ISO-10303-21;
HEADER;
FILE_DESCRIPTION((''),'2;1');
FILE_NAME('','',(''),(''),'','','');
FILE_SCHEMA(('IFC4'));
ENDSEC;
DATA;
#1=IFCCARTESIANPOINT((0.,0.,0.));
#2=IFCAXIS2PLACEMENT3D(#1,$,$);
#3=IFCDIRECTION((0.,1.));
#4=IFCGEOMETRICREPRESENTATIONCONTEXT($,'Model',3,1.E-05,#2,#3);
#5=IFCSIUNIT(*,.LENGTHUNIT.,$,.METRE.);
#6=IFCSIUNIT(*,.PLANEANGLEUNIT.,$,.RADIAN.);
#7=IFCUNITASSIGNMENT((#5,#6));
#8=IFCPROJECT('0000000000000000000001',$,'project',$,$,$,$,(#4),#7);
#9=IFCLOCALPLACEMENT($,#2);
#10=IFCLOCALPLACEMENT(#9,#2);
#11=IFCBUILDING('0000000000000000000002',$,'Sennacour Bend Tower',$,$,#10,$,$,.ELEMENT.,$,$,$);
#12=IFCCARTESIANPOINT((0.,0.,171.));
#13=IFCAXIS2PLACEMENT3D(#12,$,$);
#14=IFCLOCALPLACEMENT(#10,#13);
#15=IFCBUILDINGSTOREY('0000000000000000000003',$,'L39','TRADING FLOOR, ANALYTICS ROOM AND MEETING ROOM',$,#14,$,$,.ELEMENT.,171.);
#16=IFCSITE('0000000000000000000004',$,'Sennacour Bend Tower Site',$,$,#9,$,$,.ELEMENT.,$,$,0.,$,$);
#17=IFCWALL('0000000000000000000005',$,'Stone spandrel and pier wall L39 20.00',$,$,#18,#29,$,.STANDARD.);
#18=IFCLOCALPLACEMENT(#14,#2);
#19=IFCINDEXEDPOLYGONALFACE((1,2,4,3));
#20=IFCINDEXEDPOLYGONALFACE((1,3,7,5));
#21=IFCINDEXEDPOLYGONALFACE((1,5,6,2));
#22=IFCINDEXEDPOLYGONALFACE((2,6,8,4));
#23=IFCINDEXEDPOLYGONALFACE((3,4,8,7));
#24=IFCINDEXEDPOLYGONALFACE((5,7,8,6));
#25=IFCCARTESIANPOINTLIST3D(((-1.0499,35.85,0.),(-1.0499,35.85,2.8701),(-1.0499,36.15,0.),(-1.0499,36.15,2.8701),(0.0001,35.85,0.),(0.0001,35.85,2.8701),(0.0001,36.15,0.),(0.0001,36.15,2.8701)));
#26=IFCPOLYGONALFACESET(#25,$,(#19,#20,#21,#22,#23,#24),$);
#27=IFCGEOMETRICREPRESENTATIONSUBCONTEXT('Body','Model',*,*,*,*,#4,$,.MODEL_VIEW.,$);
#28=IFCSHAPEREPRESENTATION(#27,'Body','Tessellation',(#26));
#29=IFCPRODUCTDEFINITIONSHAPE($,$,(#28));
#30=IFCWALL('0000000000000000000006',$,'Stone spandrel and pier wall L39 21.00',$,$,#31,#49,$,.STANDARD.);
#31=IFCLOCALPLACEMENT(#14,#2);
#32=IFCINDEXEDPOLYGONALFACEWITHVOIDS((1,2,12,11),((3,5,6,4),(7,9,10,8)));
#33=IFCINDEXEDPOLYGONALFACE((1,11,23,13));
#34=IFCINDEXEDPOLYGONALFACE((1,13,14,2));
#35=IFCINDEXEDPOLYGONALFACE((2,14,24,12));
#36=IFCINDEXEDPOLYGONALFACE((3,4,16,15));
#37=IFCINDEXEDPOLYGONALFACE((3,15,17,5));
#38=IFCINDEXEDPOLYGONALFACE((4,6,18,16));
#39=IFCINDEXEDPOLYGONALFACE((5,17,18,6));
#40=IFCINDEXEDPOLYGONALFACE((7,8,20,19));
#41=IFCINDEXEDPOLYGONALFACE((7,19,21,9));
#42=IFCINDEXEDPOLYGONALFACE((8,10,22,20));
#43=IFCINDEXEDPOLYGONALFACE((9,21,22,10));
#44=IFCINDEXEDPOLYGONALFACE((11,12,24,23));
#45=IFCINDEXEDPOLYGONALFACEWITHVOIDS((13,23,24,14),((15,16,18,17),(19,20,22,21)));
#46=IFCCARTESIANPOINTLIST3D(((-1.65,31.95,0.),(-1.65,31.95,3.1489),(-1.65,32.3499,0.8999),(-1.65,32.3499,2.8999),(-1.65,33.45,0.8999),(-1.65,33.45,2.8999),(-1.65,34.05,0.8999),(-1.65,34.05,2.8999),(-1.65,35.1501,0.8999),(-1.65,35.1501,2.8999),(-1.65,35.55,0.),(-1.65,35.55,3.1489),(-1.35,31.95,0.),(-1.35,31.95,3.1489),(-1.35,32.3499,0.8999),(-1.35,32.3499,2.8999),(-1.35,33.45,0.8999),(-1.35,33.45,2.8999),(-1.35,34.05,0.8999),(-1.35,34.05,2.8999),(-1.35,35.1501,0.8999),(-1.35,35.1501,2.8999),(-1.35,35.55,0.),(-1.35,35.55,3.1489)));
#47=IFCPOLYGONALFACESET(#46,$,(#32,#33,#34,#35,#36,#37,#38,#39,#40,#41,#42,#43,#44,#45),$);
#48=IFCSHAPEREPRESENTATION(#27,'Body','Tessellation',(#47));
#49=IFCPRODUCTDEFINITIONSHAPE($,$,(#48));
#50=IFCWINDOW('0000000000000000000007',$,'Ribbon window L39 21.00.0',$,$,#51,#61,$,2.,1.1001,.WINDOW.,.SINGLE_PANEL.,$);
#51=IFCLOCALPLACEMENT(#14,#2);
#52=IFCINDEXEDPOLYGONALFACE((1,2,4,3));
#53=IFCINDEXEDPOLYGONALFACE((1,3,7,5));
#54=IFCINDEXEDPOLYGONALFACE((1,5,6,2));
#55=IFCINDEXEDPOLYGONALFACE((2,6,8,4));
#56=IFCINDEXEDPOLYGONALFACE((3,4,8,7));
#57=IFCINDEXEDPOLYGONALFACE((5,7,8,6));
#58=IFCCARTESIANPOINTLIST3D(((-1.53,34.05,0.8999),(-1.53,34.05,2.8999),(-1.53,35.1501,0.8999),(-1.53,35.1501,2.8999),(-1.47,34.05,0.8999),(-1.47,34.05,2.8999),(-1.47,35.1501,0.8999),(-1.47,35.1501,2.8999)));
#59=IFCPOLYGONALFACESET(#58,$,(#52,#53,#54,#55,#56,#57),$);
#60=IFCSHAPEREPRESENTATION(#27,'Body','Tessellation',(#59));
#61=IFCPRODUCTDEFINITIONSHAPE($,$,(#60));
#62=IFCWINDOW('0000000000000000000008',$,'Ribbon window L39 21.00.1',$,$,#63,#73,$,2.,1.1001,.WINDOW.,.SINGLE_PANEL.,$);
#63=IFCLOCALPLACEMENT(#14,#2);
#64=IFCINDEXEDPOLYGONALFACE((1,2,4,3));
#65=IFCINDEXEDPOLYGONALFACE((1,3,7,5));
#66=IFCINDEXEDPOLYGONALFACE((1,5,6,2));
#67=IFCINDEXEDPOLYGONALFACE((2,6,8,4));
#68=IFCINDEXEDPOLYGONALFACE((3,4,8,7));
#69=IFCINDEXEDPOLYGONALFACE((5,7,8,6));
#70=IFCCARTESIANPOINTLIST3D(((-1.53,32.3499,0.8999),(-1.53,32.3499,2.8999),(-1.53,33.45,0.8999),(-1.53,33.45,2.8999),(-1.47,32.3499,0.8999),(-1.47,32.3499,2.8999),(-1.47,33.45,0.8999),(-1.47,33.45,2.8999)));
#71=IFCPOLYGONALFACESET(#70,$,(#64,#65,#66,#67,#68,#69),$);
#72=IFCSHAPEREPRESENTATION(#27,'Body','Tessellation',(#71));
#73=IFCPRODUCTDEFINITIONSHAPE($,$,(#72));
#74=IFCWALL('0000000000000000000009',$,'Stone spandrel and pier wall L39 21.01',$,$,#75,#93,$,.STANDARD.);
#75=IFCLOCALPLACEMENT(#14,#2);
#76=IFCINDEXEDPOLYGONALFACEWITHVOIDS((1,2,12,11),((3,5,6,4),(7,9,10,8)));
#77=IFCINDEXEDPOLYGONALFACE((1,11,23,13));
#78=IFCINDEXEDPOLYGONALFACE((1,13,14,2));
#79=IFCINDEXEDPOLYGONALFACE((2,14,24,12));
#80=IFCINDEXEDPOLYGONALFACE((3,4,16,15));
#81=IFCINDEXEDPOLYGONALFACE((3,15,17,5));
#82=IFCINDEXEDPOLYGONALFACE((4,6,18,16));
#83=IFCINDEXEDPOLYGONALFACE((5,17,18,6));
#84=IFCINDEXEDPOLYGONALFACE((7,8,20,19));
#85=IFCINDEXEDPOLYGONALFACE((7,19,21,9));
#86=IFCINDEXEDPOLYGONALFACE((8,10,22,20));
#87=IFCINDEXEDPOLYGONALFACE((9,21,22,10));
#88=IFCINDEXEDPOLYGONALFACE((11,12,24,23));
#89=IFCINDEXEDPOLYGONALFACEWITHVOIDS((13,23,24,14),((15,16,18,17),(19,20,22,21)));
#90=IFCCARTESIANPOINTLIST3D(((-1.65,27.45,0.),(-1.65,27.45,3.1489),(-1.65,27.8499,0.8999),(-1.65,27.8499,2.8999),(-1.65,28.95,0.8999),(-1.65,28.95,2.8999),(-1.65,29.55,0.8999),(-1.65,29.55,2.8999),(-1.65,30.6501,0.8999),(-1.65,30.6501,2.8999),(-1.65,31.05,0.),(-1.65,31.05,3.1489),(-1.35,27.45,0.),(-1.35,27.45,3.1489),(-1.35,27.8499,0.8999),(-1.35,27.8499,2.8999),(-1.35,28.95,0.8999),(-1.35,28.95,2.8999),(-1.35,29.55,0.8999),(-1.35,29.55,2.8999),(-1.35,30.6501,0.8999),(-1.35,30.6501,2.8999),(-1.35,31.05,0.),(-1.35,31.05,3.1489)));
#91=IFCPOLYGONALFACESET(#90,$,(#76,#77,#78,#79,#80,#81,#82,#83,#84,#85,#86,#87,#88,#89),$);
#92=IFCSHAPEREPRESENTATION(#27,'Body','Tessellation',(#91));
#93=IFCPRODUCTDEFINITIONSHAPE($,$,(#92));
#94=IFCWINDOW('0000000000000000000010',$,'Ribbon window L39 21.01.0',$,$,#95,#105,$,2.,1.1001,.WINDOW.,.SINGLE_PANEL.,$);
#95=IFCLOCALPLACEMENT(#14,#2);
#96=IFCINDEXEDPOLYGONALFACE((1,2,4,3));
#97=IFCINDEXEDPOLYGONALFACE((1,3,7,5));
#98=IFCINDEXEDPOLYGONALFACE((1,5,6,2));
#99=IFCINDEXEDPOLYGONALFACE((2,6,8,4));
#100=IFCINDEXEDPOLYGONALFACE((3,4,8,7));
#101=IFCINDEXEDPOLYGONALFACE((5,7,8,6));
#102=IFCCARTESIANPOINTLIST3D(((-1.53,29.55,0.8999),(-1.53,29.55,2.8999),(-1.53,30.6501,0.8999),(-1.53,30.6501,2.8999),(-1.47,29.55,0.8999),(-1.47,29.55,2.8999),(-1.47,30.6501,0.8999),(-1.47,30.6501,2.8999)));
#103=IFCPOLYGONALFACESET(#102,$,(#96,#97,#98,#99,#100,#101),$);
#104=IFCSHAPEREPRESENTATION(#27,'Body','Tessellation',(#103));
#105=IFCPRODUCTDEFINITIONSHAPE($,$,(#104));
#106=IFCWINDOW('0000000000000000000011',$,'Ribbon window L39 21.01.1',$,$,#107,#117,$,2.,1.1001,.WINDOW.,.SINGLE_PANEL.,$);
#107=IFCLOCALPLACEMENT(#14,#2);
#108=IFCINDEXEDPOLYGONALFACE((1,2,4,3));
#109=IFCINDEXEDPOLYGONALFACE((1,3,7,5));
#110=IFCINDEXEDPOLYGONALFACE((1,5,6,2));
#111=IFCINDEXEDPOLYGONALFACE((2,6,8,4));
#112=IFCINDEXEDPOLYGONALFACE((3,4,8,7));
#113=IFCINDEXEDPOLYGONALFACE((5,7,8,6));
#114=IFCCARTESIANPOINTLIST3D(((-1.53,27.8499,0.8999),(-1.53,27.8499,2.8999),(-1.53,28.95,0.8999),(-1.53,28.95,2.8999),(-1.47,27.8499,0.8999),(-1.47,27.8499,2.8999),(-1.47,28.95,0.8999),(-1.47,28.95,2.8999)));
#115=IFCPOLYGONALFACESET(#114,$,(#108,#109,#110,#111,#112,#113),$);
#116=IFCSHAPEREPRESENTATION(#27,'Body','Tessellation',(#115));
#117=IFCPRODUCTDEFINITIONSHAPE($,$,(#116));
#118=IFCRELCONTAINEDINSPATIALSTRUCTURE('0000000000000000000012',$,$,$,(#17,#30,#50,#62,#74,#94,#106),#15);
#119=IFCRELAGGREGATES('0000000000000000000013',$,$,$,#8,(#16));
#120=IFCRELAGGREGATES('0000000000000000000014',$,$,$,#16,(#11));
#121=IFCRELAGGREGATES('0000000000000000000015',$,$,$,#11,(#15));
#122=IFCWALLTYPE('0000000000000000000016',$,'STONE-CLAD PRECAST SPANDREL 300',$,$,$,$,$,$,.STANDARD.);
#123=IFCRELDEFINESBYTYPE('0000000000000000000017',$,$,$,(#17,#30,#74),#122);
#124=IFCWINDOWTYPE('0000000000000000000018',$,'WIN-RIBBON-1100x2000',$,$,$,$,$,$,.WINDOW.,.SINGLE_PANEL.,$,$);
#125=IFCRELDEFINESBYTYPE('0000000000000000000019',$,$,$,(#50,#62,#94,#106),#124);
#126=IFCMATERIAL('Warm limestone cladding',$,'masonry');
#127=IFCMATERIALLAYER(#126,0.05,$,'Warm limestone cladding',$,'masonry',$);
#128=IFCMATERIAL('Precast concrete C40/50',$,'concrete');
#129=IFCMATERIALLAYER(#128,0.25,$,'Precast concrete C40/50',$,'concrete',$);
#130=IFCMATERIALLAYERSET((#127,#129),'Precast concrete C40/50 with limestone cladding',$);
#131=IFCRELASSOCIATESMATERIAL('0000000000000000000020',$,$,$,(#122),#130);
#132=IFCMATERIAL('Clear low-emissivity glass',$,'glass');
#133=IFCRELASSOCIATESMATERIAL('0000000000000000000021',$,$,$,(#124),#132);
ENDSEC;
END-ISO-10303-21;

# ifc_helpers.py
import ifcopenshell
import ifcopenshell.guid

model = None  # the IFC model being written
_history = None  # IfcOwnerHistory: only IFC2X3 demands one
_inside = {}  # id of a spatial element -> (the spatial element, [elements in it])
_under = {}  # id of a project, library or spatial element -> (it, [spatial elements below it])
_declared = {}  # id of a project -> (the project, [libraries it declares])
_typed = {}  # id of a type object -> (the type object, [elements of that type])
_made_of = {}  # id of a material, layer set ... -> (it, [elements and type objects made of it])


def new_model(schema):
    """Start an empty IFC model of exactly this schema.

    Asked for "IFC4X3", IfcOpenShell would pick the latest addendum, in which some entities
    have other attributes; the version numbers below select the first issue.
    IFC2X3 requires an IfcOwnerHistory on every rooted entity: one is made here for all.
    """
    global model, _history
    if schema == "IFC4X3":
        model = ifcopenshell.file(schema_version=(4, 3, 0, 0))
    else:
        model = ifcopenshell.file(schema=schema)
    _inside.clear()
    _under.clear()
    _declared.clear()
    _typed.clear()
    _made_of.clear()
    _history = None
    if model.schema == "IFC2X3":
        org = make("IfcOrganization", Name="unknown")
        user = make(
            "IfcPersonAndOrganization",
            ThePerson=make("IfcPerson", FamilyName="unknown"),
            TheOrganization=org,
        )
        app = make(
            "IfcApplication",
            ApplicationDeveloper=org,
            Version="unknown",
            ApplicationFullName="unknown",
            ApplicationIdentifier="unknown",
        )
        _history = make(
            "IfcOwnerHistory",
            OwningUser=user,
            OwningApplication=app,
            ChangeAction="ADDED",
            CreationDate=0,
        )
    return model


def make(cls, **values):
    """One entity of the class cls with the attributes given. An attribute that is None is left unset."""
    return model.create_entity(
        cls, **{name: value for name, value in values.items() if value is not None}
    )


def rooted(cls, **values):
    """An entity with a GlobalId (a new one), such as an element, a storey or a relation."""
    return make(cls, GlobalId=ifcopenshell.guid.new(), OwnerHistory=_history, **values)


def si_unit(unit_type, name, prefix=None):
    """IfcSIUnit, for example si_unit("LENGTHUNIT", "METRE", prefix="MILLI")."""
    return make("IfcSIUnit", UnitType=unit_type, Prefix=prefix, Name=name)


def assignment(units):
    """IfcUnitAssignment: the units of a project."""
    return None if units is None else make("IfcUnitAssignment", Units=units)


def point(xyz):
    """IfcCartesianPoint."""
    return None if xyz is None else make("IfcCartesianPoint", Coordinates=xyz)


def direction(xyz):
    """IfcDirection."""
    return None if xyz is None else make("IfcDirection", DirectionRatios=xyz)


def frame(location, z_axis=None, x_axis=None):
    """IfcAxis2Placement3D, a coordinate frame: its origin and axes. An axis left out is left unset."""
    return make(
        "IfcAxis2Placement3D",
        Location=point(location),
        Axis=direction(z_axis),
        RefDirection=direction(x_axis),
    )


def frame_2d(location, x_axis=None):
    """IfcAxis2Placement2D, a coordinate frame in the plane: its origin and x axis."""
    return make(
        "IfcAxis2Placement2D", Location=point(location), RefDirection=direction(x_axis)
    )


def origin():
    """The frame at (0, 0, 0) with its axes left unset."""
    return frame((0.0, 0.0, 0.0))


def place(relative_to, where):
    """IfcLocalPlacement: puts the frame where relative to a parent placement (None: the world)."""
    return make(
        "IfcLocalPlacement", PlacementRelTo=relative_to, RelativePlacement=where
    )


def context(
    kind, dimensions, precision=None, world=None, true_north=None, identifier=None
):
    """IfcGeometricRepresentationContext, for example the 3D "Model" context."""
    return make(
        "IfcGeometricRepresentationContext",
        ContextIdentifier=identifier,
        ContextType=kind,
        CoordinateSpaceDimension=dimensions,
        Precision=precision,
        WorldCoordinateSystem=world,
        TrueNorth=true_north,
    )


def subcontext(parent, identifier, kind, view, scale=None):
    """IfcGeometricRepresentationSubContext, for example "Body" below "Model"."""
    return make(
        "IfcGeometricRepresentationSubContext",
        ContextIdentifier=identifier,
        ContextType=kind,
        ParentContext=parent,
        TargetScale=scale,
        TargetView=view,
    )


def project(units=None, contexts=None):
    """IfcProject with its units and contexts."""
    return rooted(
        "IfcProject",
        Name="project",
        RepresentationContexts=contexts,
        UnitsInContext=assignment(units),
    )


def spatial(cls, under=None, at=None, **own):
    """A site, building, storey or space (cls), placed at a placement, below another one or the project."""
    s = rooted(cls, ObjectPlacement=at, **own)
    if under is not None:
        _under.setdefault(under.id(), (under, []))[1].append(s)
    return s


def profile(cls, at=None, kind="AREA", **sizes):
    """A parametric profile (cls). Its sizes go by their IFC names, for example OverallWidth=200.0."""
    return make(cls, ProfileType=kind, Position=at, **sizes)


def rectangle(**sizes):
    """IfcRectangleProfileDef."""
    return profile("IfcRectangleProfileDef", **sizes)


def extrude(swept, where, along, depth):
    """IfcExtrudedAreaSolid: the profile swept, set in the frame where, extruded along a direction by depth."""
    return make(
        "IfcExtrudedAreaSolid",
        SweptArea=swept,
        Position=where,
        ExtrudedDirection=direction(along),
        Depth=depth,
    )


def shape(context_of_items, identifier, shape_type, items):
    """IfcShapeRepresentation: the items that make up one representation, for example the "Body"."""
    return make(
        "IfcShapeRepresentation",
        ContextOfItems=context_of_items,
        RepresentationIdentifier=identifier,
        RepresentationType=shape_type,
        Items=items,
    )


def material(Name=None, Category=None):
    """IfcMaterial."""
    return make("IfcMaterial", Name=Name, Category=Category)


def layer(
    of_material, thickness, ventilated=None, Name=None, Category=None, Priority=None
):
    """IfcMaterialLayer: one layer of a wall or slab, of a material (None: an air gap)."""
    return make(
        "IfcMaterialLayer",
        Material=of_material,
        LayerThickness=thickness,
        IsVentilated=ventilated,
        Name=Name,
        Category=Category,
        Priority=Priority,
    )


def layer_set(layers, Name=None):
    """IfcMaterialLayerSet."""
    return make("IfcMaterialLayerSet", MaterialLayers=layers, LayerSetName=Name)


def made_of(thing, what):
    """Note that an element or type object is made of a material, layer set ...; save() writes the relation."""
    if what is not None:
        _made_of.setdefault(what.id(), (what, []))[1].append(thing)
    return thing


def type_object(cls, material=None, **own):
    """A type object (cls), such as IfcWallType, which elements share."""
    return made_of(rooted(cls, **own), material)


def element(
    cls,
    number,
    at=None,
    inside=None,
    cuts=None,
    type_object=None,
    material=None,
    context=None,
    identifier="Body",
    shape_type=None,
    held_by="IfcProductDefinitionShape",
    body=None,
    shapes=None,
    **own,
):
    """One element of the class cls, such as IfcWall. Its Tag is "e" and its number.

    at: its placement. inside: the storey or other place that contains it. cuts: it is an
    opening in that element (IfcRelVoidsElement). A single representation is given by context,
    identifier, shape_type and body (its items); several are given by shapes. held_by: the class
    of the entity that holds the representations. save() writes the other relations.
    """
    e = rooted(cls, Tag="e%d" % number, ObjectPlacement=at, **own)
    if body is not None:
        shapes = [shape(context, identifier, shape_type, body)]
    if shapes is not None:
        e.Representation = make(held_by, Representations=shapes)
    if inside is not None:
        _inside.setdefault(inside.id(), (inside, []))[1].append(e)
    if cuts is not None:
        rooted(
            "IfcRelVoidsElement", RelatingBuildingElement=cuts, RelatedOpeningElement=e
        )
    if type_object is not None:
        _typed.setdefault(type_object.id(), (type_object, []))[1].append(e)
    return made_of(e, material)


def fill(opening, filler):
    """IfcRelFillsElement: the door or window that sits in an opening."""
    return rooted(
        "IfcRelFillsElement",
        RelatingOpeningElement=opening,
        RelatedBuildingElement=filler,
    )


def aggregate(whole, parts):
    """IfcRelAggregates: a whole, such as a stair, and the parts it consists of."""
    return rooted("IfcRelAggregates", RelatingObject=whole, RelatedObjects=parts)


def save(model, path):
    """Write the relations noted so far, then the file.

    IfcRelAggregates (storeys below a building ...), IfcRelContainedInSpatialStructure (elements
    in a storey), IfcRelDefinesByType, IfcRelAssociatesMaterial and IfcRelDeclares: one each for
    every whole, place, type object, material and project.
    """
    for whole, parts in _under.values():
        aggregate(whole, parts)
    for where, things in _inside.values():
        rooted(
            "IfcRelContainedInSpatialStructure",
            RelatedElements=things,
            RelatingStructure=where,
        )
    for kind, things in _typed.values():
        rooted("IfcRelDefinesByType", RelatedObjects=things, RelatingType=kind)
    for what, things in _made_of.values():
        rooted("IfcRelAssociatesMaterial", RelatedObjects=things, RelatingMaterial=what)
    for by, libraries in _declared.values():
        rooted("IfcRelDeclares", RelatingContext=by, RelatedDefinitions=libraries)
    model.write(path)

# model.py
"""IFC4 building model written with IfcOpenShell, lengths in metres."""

from ifc_helpers import new_model, si_unit, direction, frame, frame_2d, origin, place, context, subcontext, project, spatial, rectangle, extrude, material, layer, layer_set, type_object, element, fill, save


model = new_model("IFC4")

# Units and contexts
model_context = context("Model", 3, precision=1e-05, world=origin(), true_north=direction((0.0, 1.0)))
body_context = subcontext(model_context, "Body", "Model", "MODEL_VIEW")
ifc_project = project(units=[si_unit("LENGTHUNIT", "METRE"), si_unit("PLANEANGLEUNIT", "RADIAN")], contexts=[model_context])

# Site, building, storey
site_placement = place(None, origin())
site = spatial("IfcSite", under=ifc_project, at=site_placement, Name="Sennacour Bend Tower Site", CompositionType="ELEMENT", RefElevation=0.0)
building_placement = place(site_placement, origin())
building = spatial("IfcBuilding", under=site, at=building_placement, Name="Sennacour Bend Tower", CompositionType="ELEMENT")
storey_placement = place(building_placement, frame((0.0, 0.0, 171.0)))
storey = spatial("IfcBuildingStorey", under=building, at=storey_placement, Name="L39", Description="TRADING FLOOR, ANALYTICS ROOM AND MEETING ROOM", CompositionType="ELEMENT", Elevation=171.0)

# Wall
ifc_material_1 = material(Name="Warm limestone cladding", Category="masonry")
ifc_layer_1 = layer(ifc_material_1, 0.05, Name="Warm limestone cladding", Category="masonry")
ifc_material_2 = material(Name="Precast concrete C40/50", Category="concrete")
ifc_layer_2 = layer(ifc_material_2, 0.25, Name="Precast concrete C40/50", Category="concrete")
ifc_layer_set_1 = layer_set([ifc_layer_1, ifc_layer_2], Name="Precast concrete C40/50 with limestone cladding")
wall_type_1 = type_object("IfcWallType", Name="STONE-CLAD PRECAST SPANDREL 300", PredefinedType="STANDARD", material=ifc_layer_set_1)
wall_1_placement = place(storey_placement, frame((0.0, 36.0, 0.0), z_axis=(0.0, 0.0, 1.0), x_axis=(-1.0, 0.0, 0.0)))
element("IfcWall", 1, at=wall_1_placement, inside=storey, type_object=wall_type_1, Name="Stone spandrel and pier wall L39 20.00", PredefinedType="STANDARD", context=body_context, shape_type="SweptSolid", body=[
    extrude(rectangle(XDim=1.05, YDim=0.3, at=frame_2d((0.5249, 0.0))), origin(), (0.0, 0.0, 1.0), 2.8701),
])

# Walls, openings, windows
wall_2_placement = place(storey_placement, frame((-1.5, 35.55, 0.0), z_axis=(0.0, 0.0, 1.0), x_axis=(0.0, -1.0, 0.0)))
wall_2 = element("IfcWall", 2, at=wall_2_placement, inside=storey, type_object=wall_type_1, Name="Stone spandrel and pier wall L39 21.00", PredefinedType="STANDARD", context=body_context, shape_type="SweptSolid", body=[
    extrude(rectangle(XDim=3.6001, YDim=0.3, at=frame_2d((1.8, 0.0))), origin(), (0.0, 0.0, 1.0), 3.1489),
])
opening_1_placement = place(wall_2_placement, frame((0.3999, 0.0, 0.8999)))
opening_1 = element("IfcOpeningElement", 3, at=opening_1_placement, cuts=wall_2, PredefinedType="OPENING", context=body_context, shape_type="SweptSolid", body=[
    extrude(rectangle(XDim=1.1001, YDim=2.0, at=frame_2d((0.55, 1.0))), frame((0.0, 0.1602, 0.0), z_axis=(0.0, -1.0, 0.0), x_axis=(1.0, 0.0, 0.0)), (0.0, 0.0, 1.0), 0.3201),
])
opening_2_placement = place(wall_2_placement, frame((2.1001, 0.0, 0.8999)))
opening_2 = element("IfcOpeningElement", 4, at=opening_2_placement, cuts=wall_2, PredefinedType="OPENING", context=body_context, shape_type="SweptSolid", body=[
    extrude(rectangle(XDim=1.1001, YDim=2.0, at=frame_2d((0.55, 1.0))), frame((0.0, 0.1602, 0.0), z_axis=(0.0, -1.0, 0.0), x_axis=(1.0, 0.0, 0.0)), (0.0, 0.0, 1.0), 0.3201),
])
ifc_material_3 = material(Name="Clear low-emissivity glass", Category="glass")
window_type = type_object("IfcWindowType", Name="WIN-RIBBON-1100x2000", PartitioningType="SINGLE_PANEL", PredefinedType="WINDOW", material=ifc_material_3)
window_1_placement = place(opening_1_placement, origin())
window_1 = element("IfcWindow", 5, at=window_1_placement, inside=storey, type_object=window_type, Name="Ribbon window L39 21.00.0", OverallHeight=2.0, OverallWidth=1.1001, PartitioningType="SINGLE_PANEL", PredefinedType="WINDOW", context=body_context, shape_type="SweptSolid", body=[
    extrude(rectangle(XDim=1.1001, YDim=2.0, at=frame_2d((0.55, 1.0))), frame((0.0, 0.03, 0.0), z_axis=(0.0, -1.0, 0.0), x_axis=(1.0, 0.0, 0.0)), (0.0, 0.0, 1.0), 0.0601),
])
fill(opening_1, window_1)
window_2_placement = place(opening_2_placement, origin())
window_2 = element("IfcWindow", 6, at=window_2_placement, inside=storey, type_object=window_type, Name="Ribbon window L39 21.00.1", OverallHeight=2.0, OverallWidth=1.1001, PartitioningType="SINGLE_PANEL", PredefinedType="WINDOW", context=body_context, shape_type="SweptSolid", body=[
    extrude(rectangle(XDim=1.1001, YDim=2.0, at=frame_2d((0.55, 1.0))), frame((0.0, 0.03, 0.0), z_axis=(0.0, -1.0, 0.0), x_axis=(1.0, 0.0, 0.0)), (0.0, 0.0, 1.0), 0.0601),
])
fill(opening_2, window_2)
wall_3_placement = place(storey_placement, frame((-1.5, 31.05, 0.0), z_axis=(0.0, 0.0, 1.0), x_axis=(0.0, -1.0, 0.0)))
wall_3 = element("IfcWall", 7, at=wall_3_placement, inside=storey, type_object=wall_type_1, Name="Stone spandrel and pier wall L39 21.01", PredefinedType="STANDARD", context=body_context, shape_type="SweptSolid", body=[
    extrude(rectangle(XDim=3.6001, YDim=0.3, at=frame_2d((1.8, 0.0))), origin(), (0.0, 0.0, 1.0), 3.1489),
])
opening_3_placement = place(wall_3_placement, frame((0.3999, 0.0, 0.8999)))
opening_3 = element("IfcOpeningElement", 8, at=opening_3_placement, cuts=wall_3, PredefinedType="OPENING", context=body_context, shape_type="SweptSolid", body=[
    extrude(rectangle(XDim=1.1001, YDim=2.0, at=frame_2d((0.55, 1.0))), frame((0.0, 0.1602, 0.0), z_axis=(0.0, -1.0, 0.0), x_axis=(1.0, 0.0, 0.0)), (0.0, 0.0, 1.0), 0.3201),
])
opening_4_placement = place(wall_3_placement, frame((2.1001, 0.0, 0.8999)))
opening_4 = element("IfcOpeningElement", 9, at=opening_4_placement, cuts=wall_3, PredefinedType="OPENING", context=body_context, shape_type="SweptSolid", body=[
    extrude(rectangle(XDim=1.1001, YDim=2.0, at=frame_2d((0.55, 1.0))), frame((0.0, 0.1602, 0.0), z_axis=(0.0, -1.0, 0.0), x_axis=(1.0, 0.0, 0.0)), (0.0, 0.0, 1.0), 0.3201),
])
window_3_placement = place(opening_3_placement, origin())
window_3 = element("IfcWindow", 10, at=window_3_placement, inside=storey, type_object=window_type, Name="Ribbon window L39 21.01.0", OverallHeight=2.0, OverallWidth=1.1001, PartitioningType="SINGLE_PANEL", PredefinedType="WINDOW", context=body_context, shape_type="SweptSolid", body=[
    extrude(rectangle(XDim=1.1001, YDim=2.0, at=frame_2d((0.55, 1.0))), frame((0.0, 0.03, 0.0), z_axis=(0.0, -1.0, 0.0), x_axis=(1.0, 0.0, 0.0)), (0.0, 0.0, 1.0), 0.0601),
])
fill(opening_3, window_3)
window_4_placement = place(opening_4_placement, origin())
window_4 = element("IfcWindow", 11, at=window_4_placement, inside=storey, type_object=window_type, Name="Ribbon window L39 21.01.1", OverallHeight=2.0, OverallWidth=1.1001, PartitioningType="SINGLE_PANEL", PredefinedType="WINDOW", context=body_context, shape_type="SweptSolid", body=[
    extrude(rectangle(XDim=1.1001, YDim=2.0, at=frame_2d((0.55, 1.0))), frame((0.0, 0.03, 0.0), z_axis=(0.0, -1.0, 0.0), x_axis=(1.0, 0.0, 0.0)), (0.0, 0.0, 1.0), 0.0601),
])
fill(opening_4, window_4)

save(model, "model.ifc")
